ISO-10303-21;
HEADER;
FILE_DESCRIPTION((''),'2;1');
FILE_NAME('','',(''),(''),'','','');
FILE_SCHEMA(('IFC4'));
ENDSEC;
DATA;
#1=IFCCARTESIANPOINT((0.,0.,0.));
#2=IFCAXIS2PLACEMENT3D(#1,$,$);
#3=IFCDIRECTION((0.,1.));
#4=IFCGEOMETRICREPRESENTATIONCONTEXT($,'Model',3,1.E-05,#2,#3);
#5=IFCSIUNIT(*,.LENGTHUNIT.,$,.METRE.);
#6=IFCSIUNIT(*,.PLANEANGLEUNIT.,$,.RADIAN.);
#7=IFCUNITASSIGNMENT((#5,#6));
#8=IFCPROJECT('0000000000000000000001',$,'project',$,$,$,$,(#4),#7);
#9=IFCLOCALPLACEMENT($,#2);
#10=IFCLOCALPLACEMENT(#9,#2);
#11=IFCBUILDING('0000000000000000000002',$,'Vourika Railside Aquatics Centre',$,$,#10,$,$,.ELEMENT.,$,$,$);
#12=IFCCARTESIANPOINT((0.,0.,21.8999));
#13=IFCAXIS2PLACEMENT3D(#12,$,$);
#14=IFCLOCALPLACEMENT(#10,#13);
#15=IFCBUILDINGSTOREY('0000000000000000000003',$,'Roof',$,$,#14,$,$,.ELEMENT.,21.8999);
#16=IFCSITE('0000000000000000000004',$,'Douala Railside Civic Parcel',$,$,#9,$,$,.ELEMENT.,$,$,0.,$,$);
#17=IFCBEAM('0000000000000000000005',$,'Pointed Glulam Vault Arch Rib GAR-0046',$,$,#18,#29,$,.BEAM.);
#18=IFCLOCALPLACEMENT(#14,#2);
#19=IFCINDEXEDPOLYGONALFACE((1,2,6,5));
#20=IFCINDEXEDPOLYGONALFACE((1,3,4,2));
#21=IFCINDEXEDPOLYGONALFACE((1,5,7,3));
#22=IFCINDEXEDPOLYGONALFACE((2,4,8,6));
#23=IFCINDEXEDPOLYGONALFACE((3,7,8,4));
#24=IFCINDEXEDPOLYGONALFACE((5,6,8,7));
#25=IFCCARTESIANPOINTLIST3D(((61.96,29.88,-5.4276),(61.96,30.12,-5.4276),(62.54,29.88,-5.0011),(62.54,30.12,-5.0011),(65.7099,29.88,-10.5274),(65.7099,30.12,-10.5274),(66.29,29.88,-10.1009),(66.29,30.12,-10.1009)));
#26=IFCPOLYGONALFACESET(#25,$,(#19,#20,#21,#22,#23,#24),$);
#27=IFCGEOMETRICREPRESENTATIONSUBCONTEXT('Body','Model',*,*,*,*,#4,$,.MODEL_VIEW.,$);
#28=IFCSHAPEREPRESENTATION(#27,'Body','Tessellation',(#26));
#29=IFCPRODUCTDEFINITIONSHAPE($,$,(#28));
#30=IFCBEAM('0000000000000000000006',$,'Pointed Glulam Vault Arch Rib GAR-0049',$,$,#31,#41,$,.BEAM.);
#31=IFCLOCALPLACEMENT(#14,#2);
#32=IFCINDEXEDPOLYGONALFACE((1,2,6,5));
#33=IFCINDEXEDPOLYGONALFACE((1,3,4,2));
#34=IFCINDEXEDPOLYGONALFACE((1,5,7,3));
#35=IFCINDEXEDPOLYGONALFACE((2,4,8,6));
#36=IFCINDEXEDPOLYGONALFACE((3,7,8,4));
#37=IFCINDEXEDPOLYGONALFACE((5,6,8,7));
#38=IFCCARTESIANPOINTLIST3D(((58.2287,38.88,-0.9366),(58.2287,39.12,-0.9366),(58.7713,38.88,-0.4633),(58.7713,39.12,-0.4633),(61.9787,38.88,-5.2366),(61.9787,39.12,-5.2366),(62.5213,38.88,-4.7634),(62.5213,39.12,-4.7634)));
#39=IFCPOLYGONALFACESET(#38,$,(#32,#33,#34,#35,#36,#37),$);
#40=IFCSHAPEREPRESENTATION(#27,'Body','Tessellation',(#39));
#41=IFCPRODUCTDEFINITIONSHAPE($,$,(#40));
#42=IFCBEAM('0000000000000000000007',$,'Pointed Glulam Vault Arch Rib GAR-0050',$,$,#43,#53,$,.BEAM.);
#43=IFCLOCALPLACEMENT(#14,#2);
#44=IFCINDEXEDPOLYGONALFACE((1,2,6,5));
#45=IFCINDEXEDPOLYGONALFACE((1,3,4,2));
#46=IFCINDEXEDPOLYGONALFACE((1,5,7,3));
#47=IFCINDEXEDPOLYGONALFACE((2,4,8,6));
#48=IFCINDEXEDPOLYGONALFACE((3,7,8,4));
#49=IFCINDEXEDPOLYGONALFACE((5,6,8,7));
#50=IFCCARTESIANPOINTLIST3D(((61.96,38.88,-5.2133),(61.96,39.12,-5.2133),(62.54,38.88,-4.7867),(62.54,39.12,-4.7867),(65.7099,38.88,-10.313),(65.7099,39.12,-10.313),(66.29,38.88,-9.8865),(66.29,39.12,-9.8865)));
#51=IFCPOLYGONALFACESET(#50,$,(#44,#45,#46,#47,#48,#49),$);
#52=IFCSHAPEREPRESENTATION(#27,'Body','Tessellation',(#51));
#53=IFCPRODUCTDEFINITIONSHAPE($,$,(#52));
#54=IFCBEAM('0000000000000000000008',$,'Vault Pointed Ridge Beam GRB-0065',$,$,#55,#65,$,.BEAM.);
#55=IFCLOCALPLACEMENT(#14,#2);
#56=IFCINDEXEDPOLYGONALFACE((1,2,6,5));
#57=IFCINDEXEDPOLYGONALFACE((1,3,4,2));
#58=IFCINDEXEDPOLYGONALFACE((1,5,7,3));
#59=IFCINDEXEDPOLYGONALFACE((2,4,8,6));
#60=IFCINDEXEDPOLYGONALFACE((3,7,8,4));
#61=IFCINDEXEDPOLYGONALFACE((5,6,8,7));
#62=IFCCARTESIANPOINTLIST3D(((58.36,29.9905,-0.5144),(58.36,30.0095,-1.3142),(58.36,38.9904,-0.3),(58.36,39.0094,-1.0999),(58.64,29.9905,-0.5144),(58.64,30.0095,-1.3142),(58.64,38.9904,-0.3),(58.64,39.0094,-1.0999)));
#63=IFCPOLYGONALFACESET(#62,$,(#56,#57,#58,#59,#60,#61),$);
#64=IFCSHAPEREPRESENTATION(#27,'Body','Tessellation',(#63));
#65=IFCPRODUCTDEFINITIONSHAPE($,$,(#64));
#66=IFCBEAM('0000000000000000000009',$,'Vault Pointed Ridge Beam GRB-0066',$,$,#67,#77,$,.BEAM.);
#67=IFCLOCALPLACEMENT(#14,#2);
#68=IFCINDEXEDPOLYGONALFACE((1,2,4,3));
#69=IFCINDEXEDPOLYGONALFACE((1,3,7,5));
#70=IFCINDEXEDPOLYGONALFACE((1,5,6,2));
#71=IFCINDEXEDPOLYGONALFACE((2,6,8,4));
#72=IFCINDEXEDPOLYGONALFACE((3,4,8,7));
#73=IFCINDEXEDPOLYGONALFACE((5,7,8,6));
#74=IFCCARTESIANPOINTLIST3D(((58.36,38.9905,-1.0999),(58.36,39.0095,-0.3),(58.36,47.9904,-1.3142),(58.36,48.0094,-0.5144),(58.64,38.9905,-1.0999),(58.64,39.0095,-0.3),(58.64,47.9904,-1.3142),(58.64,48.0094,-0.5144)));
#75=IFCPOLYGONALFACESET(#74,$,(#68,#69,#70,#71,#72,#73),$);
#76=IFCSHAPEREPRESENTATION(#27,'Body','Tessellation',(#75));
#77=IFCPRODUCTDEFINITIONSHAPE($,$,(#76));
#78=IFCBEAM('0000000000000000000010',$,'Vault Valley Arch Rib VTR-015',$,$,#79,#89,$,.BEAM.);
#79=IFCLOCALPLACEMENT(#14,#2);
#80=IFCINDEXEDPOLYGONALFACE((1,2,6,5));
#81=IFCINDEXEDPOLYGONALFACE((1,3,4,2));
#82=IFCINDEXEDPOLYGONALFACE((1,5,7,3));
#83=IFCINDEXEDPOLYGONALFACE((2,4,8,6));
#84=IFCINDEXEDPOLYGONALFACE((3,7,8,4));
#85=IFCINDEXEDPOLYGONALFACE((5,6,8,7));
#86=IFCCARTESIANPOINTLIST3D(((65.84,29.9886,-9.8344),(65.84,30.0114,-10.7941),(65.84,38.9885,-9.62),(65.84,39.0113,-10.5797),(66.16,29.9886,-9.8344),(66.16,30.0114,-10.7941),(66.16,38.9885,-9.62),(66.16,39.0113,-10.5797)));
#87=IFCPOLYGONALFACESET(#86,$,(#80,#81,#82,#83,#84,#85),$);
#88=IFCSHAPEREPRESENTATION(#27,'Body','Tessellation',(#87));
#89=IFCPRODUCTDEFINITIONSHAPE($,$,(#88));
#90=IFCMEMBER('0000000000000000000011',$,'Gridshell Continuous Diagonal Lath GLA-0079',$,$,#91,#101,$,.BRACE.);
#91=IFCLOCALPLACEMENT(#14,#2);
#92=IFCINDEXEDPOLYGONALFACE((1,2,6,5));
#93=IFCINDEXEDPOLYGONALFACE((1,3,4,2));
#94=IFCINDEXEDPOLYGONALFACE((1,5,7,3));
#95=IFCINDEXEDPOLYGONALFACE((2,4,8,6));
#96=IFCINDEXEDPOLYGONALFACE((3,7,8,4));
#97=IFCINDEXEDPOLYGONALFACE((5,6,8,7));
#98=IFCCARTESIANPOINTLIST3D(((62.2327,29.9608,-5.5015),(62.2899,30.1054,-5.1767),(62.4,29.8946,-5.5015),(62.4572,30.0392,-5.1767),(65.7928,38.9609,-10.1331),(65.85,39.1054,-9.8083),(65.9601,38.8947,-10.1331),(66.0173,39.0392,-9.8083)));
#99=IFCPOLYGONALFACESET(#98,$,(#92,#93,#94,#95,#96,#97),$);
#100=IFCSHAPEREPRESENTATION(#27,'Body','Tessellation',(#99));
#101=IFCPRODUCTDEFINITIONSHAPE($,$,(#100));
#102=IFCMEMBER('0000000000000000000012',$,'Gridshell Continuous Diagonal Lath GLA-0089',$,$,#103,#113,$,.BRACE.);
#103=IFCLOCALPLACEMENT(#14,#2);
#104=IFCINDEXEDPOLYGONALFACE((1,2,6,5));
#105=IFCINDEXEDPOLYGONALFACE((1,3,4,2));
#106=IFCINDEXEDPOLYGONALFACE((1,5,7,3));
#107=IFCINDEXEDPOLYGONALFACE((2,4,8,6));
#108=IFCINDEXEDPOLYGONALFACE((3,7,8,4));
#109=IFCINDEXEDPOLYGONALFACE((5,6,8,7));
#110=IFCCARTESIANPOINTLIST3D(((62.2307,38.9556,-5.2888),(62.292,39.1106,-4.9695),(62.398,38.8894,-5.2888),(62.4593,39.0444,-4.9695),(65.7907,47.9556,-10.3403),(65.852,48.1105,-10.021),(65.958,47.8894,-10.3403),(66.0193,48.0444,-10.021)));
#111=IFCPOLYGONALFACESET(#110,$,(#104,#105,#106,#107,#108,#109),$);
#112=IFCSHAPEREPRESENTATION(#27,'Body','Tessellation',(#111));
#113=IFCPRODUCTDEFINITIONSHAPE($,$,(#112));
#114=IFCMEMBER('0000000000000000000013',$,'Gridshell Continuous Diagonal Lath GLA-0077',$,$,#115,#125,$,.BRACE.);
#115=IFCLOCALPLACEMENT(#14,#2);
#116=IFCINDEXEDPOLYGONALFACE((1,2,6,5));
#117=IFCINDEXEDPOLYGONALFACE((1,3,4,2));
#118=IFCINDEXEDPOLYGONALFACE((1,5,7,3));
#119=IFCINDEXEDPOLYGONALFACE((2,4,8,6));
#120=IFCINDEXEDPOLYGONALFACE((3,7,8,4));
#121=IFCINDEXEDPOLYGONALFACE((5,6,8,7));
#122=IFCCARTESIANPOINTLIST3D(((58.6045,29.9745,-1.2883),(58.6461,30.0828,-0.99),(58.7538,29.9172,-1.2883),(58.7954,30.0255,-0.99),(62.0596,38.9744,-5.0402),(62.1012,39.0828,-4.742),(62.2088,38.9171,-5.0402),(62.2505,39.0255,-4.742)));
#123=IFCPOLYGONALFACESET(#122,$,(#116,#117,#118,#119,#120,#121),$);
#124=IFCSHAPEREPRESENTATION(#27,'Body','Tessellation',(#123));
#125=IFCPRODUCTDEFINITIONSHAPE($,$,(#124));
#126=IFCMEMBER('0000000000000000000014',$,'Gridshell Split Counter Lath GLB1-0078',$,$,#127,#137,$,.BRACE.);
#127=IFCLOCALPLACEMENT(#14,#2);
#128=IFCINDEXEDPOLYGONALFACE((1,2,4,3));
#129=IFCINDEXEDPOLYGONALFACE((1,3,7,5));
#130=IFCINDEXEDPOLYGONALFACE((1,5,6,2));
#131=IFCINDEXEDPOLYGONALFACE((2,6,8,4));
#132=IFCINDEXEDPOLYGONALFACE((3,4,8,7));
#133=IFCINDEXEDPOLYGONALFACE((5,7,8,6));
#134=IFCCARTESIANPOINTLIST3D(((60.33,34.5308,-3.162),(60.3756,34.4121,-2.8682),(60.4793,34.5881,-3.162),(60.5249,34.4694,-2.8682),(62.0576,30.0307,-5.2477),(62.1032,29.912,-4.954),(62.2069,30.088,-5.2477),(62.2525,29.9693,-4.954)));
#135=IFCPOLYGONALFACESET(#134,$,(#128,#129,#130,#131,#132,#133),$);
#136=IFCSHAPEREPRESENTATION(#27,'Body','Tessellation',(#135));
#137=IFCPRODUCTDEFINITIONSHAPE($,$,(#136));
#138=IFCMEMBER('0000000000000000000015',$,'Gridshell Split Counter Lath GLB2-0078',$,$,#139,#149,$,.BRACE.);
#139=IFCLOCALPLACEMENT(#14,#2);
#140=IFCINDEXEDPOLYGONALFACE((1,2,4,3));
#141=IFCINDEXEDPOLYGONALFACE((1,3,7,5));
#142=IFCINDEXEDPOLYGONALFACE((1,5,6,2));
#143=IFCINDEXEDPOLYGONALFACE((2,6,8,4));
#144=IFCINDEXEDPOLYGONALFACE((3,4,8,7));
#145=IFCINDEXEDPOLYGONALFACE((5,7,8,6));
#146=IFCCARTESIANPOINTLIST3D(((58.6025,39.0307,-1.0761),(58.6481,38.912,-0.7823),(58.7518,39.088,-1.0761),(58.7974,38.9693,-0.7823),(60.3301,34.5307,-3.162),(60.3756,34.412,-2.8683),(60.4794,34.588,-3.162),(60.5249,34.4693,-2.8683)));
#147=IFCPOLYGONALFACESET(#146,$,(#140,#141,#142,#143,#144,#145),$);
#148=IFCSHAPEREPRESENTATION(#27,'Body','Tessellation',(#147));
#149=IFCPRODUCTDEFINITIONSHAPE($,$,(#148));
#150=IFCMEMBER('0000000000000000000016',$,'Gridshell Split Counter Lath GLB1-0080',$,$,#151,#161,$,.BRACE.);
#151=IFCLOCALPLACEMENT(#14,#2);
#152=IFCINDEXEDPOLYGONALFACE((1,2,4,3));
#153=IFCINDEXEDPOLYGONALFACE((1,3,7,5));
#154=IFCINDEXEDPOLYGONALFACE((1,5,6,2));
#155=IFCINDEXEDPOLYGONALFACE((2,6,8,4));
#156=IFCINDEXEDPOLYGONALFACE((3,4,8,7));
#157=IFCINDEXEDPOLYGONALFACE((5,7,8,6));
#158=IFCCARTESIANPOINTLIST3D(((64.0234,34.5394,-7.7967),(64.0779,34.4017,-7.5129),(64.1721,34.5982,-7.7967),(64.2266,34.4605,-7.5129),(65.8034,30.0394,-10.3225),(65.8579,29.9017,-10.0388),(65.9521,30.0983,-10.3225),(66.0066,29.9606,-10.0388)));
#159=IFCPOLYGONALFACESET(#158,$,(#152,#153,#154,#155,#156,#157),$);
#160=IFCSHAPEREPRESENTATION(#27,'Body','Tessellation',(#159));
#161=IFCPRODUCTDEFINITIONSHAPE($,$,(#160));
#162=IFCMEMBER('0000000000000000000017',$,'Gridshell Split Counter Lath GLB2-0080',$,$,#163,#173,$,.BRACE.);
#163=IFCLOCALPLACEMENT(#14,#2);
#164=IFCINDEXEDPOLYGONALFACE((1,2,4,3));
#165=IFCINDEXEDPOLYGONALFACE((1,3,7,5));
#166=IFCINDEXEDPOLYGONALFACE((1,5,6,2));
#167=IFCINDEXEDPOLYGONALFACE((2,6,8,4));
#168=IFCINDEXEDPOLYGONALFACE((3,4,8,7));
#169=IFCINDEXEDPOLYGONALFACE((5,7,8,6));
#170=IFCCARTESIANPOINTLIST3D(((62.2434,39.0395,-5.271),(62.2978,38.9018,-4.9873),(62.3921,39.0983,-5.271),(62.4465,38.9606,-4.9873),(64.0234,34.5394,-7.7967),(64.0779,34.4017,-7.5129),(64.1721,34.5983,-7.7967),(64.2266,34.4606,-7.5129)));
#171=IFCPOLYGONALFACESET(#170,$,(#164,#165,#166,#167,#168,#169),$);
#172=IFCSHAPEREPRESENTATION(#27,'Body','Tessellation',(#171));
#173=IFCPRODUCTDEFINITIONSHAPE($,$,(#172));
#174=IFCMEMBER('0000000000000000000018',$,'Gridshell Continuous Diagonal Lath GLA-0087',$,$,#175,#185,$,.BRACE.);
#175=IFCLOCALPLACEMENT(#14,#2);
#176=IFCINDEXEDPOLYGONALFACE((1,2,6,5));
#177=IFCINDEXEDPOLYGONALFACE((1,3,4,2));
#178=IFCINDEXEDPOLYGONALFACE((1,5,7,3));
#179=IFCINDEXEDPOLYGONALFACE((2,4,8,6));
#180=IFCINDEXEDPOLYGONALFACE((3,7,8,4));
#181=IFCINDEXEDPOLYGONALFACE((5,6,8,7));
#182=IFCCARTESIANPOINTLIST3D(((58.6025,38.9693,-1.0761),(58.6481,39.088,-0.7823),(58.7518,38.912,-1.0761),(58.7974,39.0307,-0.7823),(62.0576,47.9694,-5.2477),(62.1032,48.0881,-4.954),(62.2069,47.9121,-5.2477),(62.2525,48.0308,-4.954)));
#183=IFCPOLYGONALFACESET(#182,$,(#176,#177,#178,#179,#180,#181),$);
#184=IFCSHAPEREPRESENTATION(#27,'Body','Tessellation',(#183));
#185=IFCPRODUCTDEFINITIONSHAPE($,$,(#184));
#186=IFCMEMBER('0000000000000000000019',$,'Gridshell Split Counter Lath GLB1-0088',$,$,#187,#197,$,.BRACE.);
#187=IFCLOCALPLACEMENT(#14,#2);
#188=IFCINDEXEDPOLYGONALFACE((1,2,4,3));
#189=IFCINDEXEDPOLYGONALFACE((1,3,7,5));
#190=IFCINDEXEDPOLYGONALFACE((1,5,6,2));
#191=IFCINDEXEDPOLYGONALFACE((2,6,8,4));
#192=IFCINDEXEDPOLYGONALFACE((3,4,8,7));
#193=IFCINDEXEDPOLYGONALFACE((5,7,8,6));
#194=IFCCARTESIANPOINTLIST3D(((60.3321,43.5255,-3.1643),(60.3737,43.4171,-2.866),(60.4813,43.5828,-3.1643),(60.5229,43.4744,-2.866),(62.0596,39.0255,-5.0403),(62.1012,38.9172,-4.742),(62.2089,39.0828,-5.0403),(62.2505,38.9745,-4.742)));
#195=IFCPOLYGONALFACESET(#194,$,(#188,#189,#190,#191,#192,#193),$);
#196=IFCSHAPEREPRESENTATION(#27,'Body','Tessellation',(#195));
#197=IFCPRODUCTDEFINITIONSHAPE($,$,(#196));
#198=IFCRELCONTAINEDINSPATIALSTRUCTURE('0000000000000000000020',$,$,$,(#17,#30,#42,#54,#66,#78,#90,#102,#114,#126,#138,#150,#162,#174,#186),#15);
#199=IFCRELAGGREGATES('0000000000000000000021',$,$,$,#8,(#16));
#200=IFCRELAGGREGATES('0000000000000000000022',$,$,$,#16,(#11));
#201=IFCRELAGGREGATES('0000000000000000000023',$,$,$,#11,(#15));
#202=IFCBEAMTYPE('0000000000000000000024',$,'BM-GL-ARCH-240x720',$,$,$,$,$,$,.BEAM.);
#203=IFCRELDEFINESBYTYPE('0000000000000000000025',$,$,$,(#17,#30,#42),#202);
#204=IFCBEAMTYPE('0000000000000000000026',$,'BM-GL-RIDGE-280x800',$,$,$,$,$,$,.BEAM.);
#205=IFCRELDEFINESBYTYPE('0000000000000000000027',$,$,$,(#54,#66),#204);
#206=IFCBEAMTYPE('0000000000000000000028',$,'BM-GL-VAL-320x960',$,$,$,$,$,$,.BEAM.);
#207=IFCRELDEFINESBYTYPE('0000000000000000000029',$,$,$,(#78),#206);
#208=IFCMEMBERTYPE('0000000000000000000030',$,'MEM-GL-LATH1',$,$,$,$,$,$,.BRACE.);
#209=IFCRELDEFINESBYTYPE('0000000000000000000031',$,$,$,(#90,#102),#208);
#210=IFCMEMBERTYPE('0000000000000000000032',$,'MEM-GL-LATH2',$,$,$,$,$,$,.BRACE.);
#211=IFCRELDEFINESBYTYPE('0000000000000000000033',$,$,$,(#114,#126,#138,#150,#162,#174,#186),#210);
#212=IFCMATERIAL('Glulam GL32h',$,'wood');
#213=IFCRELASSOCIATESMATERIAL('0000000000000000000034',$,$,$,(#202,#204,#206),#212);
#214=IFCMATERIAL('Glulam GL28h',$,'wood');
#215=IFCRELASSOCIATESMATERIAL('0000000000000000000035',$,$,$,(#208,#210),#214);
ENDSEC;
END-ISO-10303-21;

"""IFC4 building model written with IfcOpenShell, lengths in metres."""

from ifc_helpers import new_model, si_unit, direction, frame, origin, origin_2d, place, context, subcontext, project, spatial, rectangle, extrude, material, material_profile, profile_set, type_object, element, save


model = new_model("IFC4")

# Units and contexts
model_context = context("Model", 3, precision=1e-05, world=origin(), true_north=direction((0.0, 1.0)))
body_context = subcontext(model_context, "Body", "Model", "MODEL_VIEW")
ifc_project = project(units=[si_unit("LENGTHUNIT", "METRE"), si_unit("PLANEANGLEUNIT", "RADIAN")], contexts=[model_context])

# Site, building, storey
site_placement = place(None, origin())
site = spatial("IfcSite", under=ifc_project, at=site_placement, Name="Douala Railside Civic Parcel", CompositionType="ELEMENT", RefElevation=0.0)
building_placement = place(site_placement, origin())
building = spatial("IfcBuilding", under=site, at=building_placement, Name="Vourika Railside Aquatics Centre", CompositionType="ELEMENT")
storey_placement = place(building_placement, frame((0.0, 0.0, 21.8999)))
storey = spatial("IfcBuildingStorey", under=building, at=storey_placement, Name="Roof", CompositionType="ELEMENT", Elevation=21.8999)

# Beams
ifc_material_1 = material(Name="Glulam GL32h", Category="wood")
ifc_material_profile_1 = material_profile(ifc_material_1, rectangle(XDim=0.24, YDim=0.72, at=origin_2d()), Name="GL32h 240x720")
ifc_profile_set_1 = profile_set([ifc_material_profile_1], Name="Glulam GL32h")
beam_type_1 = type_object("IfcBeamType", Name="BM-GL-ARCH-240x720", PredefinedType="BEAM", material=ifc_profile_set_1)
beam_1_placement = place(storey_placement, frame((62.25, 30.0, -5.2144), z_axis=(0.592401, 0.0, -0.805643), x_axis=(0.0, 1.0, 0.0)))
element("IfcBeam", 1, at=beam_1_placement, inside=storey, type_object=beam_type_1, Name="Pointed Glulam Vault Arch Rib GAR-0046", PredefinedType="BEAM", context=body_context, shape_type="SweptSolid", body=[
    extrude(rectangle(XDim=0.24, YDim=0.72, at=origin_2d()), origin(), (0.0, 0.0, 1.0), 6.3301),
])
beam_2_placement = place(storey_placement, frame((58.5, 39.0, -0.7), z_axis=(0.657259, 0.0, -0.753665), x_axis=(0.0, 1.0, 0.0)))
element("IfcBeam", 2, at=beam_2_placement, inside=storey, type_object=beam_type_1, Name="Pointed Glulam Vault Arch Rib GAR-0049", PredefinedType="BEAM", context=body_context, shape_type="SweptSolid", body=[
    extrude(rectangle(XDim=0.24, YDim=0.72, at=origin_2d()), origin(), (0.0, 0.0, 1.0), 5.7056),
])
beam_3_placement = place(storey_placement, frame((62.25, 39.0, -5.0), z_axis=(0.592401, 0.0, -0.805643), x_axis=(0.0, 1.0, 0.0)))
element("IfcBeam", 3, at=beam_3_placement, inside=storey, type_object=beam_type_1, Name="Pointed Glulam Vault Arch Rib GAR-0050", PredefinedType="BEAM", context=body_context, shape_type="SweptSolid", body=[
    extrude(rectangle(XDim=0.24, YDim=0.72, at=origin_2d()), origin(), (0.0, 0.0, 1.0), 6.3301),
])
ifc_material_profile_2 = material_profile(ifc_material_1, rectangle(XDim=0.28, YDim=0.8, at=origin_2d()), Name="GL32h 280x800")
ifc_profile_set_2 = profile_set([ifc_material_profile_2], Name="Glulam GL32h")
beam_type_2 = type_object("IfcBeamType", Name="BM-GL-RIDGE-280x800", PredefinedType="BEAM", material=ifc_profile_set_2)
for number, where, z_axis, x_axis, name in (
    (4, (58.5, 30.0, -0.9143), (0.0, 0.999716, 0.023811), (-1.0, 0.0, 0.0), "Vault Pointed Ridge Beam GRB-0065"),
    (5, (58.5, 39.0, -0.7), (0.0, 0.999716, -0.023811), (-1.0, 0.0, 0.0), "Vault Pointed Ridge Beam GRB-0066"),
):
    element("IfcBeam", number, at=place(storey_placement, frame(where, z_axis=z_axis, x_axis=x_axis)), inside=storey, type_object=beam_type_2, Name=name, PredefinedType="BEAM", context=body_context, shape_type="SweptSolid", body=[
        extrude(rectangle(XDim=0.28, YDim=0.8, at=origin_2d()), origin(), (0.0, 0.0, 1.0), 9.0024),
    ])
ifc_material_profile_3 = material_profile(ifc_material_1, rectangle(XDim=0.3201, YDim=0.96, at=origin_2d()), Name="GL32h 320x960")
ifc_profile_set_3 = profile_set([ifc_material_profile_3], Name="Glulam GL32h")
beam_type_3 = type_object("IfcBeamType", Name="BM-GL-VAL-320x960", PredefinedType="BEAM", material=ifc_profile_set_3)
beam_4_placement = place(storey_placement, frame((66.0, 30.0, -10.3142), z_axis=(0.0, 0.999716, 0.023811), x_axis=(-1.0, 0.0, 0.0)))
element("IfcBeam", 6, at=beam_4_placement, inside=storey, type_object=beam_type_3, Name="Vault Valley Arch Rib VTR-015", PredefinedType="BEAM", context=body_context, shape_type="SweptSolid", body=[
    extrude(rectangle(XDim=0.3201, YDim=0.96, at=origin_2d()), origin(), (0.0, 0.0, 1.0), 9.0024),
])

# Members
ifc_material_2 = material(Name="Glulam GL28h", Category="wood")
ifc_material_profile_4 = material_profile(ifc_material_2, rectangle(XDim=0.1799, YDim=0.3601, at=origin_2d()), Name="GL28h 180x360")
ifc_profile_set_4 = profile_set([ifc_material_profile_4], Name="Glulam GL28h")
member_type_1 = type_object("IfcMemberType", Name="MEM-GL-LATH1", PredefinedType="BRACE", material=ifc_profile_set_4)
member_1_placement = place(storey_placement, frame((62.345, 30.0, -5.3391), z_axis=(0.331796, 0.838796, -0.431662), x_axis=(-0.929893, 0.36783, 0.0)))
element("IfcMember", 7, at=member_1_placement, inside=storey, type_object=member_type_1, Name="Gridshell Continuous Diagonal Lath GLA-0079", PredefinedType="BRACE", context=body_context, shape_type="SweptSolid", body=[
    extrude(rectangle(XDim=0.1799, YDim=0.3601, at=origin_2d()), origin(), (0.0, 0.0, 1.0), 10.7297),
])
member_2_placement = place(storey_placement, frame((62.345, 39.0, -5.1292), z_axis=(0.326087, 0.824365, -0.462699), x_axis=(-0.929893, 0.36783, 0.0)))
element("IfcMember", 8, at=member_2_placement, inside=storey, type_object=member_type_1, Name="Gridshell Continuous Diagonal Lath GLA-0089", PredefinedType="BRACE", context=body_context, shape_type="SweptSolid", body=[
    extrude(rectangle(XDim=0.1799, YDim=0.3601, at=origin_2d()), origin(), (0.0, 0.0, 1.0), 10.9175),
])
ifc_material_profile_5 = material_profile(ifc_material_2, rectangle(XDim=0.1599, YDim=0.3201, at=origin_2d()), Name="GL28h 160x320")
ifc_profile_set_5 = profile_set([ifc_material_profile_5], Name="Glulam GL28h")
member_type_2 = type_object("IfcMemberType", Name="MEM-GL-LATH2", PredefinedType="BRACE", material=ifc_profile_set_5)
member_3_placement = place(storey_placement, frame((58.7, 30.0, -1.1392), z_axis=(0.333992, 0.870003, -0.36269), x_axis=(-0.93357, 0.358395, 0.0)))
element("IfcMember", 9, at=member_3_placement, inside=storey, type_object=member_type_2, Name="Gridshell Continuous Diagonal Lath GLA-0077", PredefinedType="BRACE", context=body_context, shape_type="SweptSolid", body=[
    extrude(rectangle(XDim=0.1599, YDim=0.3201, at=origin_2d()), origin(), (0.0, 0.0, 1.0), 10.3447),
])
for number, where, z_axis, x_axis, name in (
    (10, (62.155, 30.0, -5.1008), (-0.328924, 0.856801, 0.397116), (-0.93357, -0.358395, 0.0), "Gridshell Split Counter Lath GLB1-0078"),
    (11, (60.4275, 34.5, -3.0151), (-0.328918, 0.856785, 0.397156), (-0.93357, -0.358395, 0.0), "Gridshell Split Counter Lath GLB2-0078"),
):
    element("IfcMember", number, at=place(storey_placement, frame(where, z_axis=z_axis, x_axis=x_axis)), inside=storey, type_object=member_type_2, Name=name, PredefinedType="BRACE", context=body_context, shape_type="SweptSolid", body=[
        extrude(rectangle(XDim=0.1599, YDim=0.3201, at=origin_2d()), origin(), (0.0, 0.0, 1.0), 5.2522),
    ])
for number, where, z_axis, x_axis, name in (
    (12, (65.905, 30.0, -10.1807), (-0.326084, 0.824356, 0.462716), (-0.929893, -0.36783, 0.0), "Gridshell Split Counter Lath GLB1-0080"),
    (13, (64.125, 34.5, -7.6548), (-0.326091, 0.824373, 0.462681), (-0.929893, -0.36783, 0.0), "Gridshell Split Counter Lath GLB2-0080"),
):
    element("IfcMember", number, at=place(storey_placement, frame(where, z_axis=z_axis, x_axis=x_axis)), inside=storey, type_object=member_type_2, Name=name, PredefinedType="BRACE", context=body_context, shape_type="SweptSolid", body=[
        extrude(rectangle(XDim=0.1599, YDim=0.3201, at=origin_2d()), origin(), (0.0, 0.0, 1.0), 5.4587),
    ])
member_4_placement = place(storey_placement, frame((58.7, 39.0, -0.9292), z_axis=(0.328921, 0.856793, -0.397136), x_axis=(-0.93357, 0.358395, 0.0)))
element("IfcMember", 14, at=member_4_placement, inside=storey, type_object=member_type_2, Name="Gridshell Continuous Diagonal Lath GLA-0087", PredefinedType="BRACE", context=body_context, shape_type="SweptSolid", body=[
    extrude(rectangle(XDim=0.1599, YDim=0.3201, at=origin_2d()), origin(), (0.0, 0.0, 1.0), 10.5044),
])
member_5_placement = place(storey_placement, frame((62.155, 39.0, -4.8911), z_axis=(-0.333992, 0.870003, 0.36269), x_axis=(-0.93357, -0.358395, 0.0)))
element("IfcMember", 15, at=member_5_placement, inside=storey, type_object=member_type_2, Name="Gridshell Split Counter Lath GLB1-0088", PredefinedType="BRACE", context=body_context, shape_type="SweptSolid", body=[
    extrude(rectangle(XDim=0.1599, YDim=0.3201, at=origin_2d()), origin(), (0.0, 0.0, 1.0), 5.1724),
])

save(model, "model.ifc")
